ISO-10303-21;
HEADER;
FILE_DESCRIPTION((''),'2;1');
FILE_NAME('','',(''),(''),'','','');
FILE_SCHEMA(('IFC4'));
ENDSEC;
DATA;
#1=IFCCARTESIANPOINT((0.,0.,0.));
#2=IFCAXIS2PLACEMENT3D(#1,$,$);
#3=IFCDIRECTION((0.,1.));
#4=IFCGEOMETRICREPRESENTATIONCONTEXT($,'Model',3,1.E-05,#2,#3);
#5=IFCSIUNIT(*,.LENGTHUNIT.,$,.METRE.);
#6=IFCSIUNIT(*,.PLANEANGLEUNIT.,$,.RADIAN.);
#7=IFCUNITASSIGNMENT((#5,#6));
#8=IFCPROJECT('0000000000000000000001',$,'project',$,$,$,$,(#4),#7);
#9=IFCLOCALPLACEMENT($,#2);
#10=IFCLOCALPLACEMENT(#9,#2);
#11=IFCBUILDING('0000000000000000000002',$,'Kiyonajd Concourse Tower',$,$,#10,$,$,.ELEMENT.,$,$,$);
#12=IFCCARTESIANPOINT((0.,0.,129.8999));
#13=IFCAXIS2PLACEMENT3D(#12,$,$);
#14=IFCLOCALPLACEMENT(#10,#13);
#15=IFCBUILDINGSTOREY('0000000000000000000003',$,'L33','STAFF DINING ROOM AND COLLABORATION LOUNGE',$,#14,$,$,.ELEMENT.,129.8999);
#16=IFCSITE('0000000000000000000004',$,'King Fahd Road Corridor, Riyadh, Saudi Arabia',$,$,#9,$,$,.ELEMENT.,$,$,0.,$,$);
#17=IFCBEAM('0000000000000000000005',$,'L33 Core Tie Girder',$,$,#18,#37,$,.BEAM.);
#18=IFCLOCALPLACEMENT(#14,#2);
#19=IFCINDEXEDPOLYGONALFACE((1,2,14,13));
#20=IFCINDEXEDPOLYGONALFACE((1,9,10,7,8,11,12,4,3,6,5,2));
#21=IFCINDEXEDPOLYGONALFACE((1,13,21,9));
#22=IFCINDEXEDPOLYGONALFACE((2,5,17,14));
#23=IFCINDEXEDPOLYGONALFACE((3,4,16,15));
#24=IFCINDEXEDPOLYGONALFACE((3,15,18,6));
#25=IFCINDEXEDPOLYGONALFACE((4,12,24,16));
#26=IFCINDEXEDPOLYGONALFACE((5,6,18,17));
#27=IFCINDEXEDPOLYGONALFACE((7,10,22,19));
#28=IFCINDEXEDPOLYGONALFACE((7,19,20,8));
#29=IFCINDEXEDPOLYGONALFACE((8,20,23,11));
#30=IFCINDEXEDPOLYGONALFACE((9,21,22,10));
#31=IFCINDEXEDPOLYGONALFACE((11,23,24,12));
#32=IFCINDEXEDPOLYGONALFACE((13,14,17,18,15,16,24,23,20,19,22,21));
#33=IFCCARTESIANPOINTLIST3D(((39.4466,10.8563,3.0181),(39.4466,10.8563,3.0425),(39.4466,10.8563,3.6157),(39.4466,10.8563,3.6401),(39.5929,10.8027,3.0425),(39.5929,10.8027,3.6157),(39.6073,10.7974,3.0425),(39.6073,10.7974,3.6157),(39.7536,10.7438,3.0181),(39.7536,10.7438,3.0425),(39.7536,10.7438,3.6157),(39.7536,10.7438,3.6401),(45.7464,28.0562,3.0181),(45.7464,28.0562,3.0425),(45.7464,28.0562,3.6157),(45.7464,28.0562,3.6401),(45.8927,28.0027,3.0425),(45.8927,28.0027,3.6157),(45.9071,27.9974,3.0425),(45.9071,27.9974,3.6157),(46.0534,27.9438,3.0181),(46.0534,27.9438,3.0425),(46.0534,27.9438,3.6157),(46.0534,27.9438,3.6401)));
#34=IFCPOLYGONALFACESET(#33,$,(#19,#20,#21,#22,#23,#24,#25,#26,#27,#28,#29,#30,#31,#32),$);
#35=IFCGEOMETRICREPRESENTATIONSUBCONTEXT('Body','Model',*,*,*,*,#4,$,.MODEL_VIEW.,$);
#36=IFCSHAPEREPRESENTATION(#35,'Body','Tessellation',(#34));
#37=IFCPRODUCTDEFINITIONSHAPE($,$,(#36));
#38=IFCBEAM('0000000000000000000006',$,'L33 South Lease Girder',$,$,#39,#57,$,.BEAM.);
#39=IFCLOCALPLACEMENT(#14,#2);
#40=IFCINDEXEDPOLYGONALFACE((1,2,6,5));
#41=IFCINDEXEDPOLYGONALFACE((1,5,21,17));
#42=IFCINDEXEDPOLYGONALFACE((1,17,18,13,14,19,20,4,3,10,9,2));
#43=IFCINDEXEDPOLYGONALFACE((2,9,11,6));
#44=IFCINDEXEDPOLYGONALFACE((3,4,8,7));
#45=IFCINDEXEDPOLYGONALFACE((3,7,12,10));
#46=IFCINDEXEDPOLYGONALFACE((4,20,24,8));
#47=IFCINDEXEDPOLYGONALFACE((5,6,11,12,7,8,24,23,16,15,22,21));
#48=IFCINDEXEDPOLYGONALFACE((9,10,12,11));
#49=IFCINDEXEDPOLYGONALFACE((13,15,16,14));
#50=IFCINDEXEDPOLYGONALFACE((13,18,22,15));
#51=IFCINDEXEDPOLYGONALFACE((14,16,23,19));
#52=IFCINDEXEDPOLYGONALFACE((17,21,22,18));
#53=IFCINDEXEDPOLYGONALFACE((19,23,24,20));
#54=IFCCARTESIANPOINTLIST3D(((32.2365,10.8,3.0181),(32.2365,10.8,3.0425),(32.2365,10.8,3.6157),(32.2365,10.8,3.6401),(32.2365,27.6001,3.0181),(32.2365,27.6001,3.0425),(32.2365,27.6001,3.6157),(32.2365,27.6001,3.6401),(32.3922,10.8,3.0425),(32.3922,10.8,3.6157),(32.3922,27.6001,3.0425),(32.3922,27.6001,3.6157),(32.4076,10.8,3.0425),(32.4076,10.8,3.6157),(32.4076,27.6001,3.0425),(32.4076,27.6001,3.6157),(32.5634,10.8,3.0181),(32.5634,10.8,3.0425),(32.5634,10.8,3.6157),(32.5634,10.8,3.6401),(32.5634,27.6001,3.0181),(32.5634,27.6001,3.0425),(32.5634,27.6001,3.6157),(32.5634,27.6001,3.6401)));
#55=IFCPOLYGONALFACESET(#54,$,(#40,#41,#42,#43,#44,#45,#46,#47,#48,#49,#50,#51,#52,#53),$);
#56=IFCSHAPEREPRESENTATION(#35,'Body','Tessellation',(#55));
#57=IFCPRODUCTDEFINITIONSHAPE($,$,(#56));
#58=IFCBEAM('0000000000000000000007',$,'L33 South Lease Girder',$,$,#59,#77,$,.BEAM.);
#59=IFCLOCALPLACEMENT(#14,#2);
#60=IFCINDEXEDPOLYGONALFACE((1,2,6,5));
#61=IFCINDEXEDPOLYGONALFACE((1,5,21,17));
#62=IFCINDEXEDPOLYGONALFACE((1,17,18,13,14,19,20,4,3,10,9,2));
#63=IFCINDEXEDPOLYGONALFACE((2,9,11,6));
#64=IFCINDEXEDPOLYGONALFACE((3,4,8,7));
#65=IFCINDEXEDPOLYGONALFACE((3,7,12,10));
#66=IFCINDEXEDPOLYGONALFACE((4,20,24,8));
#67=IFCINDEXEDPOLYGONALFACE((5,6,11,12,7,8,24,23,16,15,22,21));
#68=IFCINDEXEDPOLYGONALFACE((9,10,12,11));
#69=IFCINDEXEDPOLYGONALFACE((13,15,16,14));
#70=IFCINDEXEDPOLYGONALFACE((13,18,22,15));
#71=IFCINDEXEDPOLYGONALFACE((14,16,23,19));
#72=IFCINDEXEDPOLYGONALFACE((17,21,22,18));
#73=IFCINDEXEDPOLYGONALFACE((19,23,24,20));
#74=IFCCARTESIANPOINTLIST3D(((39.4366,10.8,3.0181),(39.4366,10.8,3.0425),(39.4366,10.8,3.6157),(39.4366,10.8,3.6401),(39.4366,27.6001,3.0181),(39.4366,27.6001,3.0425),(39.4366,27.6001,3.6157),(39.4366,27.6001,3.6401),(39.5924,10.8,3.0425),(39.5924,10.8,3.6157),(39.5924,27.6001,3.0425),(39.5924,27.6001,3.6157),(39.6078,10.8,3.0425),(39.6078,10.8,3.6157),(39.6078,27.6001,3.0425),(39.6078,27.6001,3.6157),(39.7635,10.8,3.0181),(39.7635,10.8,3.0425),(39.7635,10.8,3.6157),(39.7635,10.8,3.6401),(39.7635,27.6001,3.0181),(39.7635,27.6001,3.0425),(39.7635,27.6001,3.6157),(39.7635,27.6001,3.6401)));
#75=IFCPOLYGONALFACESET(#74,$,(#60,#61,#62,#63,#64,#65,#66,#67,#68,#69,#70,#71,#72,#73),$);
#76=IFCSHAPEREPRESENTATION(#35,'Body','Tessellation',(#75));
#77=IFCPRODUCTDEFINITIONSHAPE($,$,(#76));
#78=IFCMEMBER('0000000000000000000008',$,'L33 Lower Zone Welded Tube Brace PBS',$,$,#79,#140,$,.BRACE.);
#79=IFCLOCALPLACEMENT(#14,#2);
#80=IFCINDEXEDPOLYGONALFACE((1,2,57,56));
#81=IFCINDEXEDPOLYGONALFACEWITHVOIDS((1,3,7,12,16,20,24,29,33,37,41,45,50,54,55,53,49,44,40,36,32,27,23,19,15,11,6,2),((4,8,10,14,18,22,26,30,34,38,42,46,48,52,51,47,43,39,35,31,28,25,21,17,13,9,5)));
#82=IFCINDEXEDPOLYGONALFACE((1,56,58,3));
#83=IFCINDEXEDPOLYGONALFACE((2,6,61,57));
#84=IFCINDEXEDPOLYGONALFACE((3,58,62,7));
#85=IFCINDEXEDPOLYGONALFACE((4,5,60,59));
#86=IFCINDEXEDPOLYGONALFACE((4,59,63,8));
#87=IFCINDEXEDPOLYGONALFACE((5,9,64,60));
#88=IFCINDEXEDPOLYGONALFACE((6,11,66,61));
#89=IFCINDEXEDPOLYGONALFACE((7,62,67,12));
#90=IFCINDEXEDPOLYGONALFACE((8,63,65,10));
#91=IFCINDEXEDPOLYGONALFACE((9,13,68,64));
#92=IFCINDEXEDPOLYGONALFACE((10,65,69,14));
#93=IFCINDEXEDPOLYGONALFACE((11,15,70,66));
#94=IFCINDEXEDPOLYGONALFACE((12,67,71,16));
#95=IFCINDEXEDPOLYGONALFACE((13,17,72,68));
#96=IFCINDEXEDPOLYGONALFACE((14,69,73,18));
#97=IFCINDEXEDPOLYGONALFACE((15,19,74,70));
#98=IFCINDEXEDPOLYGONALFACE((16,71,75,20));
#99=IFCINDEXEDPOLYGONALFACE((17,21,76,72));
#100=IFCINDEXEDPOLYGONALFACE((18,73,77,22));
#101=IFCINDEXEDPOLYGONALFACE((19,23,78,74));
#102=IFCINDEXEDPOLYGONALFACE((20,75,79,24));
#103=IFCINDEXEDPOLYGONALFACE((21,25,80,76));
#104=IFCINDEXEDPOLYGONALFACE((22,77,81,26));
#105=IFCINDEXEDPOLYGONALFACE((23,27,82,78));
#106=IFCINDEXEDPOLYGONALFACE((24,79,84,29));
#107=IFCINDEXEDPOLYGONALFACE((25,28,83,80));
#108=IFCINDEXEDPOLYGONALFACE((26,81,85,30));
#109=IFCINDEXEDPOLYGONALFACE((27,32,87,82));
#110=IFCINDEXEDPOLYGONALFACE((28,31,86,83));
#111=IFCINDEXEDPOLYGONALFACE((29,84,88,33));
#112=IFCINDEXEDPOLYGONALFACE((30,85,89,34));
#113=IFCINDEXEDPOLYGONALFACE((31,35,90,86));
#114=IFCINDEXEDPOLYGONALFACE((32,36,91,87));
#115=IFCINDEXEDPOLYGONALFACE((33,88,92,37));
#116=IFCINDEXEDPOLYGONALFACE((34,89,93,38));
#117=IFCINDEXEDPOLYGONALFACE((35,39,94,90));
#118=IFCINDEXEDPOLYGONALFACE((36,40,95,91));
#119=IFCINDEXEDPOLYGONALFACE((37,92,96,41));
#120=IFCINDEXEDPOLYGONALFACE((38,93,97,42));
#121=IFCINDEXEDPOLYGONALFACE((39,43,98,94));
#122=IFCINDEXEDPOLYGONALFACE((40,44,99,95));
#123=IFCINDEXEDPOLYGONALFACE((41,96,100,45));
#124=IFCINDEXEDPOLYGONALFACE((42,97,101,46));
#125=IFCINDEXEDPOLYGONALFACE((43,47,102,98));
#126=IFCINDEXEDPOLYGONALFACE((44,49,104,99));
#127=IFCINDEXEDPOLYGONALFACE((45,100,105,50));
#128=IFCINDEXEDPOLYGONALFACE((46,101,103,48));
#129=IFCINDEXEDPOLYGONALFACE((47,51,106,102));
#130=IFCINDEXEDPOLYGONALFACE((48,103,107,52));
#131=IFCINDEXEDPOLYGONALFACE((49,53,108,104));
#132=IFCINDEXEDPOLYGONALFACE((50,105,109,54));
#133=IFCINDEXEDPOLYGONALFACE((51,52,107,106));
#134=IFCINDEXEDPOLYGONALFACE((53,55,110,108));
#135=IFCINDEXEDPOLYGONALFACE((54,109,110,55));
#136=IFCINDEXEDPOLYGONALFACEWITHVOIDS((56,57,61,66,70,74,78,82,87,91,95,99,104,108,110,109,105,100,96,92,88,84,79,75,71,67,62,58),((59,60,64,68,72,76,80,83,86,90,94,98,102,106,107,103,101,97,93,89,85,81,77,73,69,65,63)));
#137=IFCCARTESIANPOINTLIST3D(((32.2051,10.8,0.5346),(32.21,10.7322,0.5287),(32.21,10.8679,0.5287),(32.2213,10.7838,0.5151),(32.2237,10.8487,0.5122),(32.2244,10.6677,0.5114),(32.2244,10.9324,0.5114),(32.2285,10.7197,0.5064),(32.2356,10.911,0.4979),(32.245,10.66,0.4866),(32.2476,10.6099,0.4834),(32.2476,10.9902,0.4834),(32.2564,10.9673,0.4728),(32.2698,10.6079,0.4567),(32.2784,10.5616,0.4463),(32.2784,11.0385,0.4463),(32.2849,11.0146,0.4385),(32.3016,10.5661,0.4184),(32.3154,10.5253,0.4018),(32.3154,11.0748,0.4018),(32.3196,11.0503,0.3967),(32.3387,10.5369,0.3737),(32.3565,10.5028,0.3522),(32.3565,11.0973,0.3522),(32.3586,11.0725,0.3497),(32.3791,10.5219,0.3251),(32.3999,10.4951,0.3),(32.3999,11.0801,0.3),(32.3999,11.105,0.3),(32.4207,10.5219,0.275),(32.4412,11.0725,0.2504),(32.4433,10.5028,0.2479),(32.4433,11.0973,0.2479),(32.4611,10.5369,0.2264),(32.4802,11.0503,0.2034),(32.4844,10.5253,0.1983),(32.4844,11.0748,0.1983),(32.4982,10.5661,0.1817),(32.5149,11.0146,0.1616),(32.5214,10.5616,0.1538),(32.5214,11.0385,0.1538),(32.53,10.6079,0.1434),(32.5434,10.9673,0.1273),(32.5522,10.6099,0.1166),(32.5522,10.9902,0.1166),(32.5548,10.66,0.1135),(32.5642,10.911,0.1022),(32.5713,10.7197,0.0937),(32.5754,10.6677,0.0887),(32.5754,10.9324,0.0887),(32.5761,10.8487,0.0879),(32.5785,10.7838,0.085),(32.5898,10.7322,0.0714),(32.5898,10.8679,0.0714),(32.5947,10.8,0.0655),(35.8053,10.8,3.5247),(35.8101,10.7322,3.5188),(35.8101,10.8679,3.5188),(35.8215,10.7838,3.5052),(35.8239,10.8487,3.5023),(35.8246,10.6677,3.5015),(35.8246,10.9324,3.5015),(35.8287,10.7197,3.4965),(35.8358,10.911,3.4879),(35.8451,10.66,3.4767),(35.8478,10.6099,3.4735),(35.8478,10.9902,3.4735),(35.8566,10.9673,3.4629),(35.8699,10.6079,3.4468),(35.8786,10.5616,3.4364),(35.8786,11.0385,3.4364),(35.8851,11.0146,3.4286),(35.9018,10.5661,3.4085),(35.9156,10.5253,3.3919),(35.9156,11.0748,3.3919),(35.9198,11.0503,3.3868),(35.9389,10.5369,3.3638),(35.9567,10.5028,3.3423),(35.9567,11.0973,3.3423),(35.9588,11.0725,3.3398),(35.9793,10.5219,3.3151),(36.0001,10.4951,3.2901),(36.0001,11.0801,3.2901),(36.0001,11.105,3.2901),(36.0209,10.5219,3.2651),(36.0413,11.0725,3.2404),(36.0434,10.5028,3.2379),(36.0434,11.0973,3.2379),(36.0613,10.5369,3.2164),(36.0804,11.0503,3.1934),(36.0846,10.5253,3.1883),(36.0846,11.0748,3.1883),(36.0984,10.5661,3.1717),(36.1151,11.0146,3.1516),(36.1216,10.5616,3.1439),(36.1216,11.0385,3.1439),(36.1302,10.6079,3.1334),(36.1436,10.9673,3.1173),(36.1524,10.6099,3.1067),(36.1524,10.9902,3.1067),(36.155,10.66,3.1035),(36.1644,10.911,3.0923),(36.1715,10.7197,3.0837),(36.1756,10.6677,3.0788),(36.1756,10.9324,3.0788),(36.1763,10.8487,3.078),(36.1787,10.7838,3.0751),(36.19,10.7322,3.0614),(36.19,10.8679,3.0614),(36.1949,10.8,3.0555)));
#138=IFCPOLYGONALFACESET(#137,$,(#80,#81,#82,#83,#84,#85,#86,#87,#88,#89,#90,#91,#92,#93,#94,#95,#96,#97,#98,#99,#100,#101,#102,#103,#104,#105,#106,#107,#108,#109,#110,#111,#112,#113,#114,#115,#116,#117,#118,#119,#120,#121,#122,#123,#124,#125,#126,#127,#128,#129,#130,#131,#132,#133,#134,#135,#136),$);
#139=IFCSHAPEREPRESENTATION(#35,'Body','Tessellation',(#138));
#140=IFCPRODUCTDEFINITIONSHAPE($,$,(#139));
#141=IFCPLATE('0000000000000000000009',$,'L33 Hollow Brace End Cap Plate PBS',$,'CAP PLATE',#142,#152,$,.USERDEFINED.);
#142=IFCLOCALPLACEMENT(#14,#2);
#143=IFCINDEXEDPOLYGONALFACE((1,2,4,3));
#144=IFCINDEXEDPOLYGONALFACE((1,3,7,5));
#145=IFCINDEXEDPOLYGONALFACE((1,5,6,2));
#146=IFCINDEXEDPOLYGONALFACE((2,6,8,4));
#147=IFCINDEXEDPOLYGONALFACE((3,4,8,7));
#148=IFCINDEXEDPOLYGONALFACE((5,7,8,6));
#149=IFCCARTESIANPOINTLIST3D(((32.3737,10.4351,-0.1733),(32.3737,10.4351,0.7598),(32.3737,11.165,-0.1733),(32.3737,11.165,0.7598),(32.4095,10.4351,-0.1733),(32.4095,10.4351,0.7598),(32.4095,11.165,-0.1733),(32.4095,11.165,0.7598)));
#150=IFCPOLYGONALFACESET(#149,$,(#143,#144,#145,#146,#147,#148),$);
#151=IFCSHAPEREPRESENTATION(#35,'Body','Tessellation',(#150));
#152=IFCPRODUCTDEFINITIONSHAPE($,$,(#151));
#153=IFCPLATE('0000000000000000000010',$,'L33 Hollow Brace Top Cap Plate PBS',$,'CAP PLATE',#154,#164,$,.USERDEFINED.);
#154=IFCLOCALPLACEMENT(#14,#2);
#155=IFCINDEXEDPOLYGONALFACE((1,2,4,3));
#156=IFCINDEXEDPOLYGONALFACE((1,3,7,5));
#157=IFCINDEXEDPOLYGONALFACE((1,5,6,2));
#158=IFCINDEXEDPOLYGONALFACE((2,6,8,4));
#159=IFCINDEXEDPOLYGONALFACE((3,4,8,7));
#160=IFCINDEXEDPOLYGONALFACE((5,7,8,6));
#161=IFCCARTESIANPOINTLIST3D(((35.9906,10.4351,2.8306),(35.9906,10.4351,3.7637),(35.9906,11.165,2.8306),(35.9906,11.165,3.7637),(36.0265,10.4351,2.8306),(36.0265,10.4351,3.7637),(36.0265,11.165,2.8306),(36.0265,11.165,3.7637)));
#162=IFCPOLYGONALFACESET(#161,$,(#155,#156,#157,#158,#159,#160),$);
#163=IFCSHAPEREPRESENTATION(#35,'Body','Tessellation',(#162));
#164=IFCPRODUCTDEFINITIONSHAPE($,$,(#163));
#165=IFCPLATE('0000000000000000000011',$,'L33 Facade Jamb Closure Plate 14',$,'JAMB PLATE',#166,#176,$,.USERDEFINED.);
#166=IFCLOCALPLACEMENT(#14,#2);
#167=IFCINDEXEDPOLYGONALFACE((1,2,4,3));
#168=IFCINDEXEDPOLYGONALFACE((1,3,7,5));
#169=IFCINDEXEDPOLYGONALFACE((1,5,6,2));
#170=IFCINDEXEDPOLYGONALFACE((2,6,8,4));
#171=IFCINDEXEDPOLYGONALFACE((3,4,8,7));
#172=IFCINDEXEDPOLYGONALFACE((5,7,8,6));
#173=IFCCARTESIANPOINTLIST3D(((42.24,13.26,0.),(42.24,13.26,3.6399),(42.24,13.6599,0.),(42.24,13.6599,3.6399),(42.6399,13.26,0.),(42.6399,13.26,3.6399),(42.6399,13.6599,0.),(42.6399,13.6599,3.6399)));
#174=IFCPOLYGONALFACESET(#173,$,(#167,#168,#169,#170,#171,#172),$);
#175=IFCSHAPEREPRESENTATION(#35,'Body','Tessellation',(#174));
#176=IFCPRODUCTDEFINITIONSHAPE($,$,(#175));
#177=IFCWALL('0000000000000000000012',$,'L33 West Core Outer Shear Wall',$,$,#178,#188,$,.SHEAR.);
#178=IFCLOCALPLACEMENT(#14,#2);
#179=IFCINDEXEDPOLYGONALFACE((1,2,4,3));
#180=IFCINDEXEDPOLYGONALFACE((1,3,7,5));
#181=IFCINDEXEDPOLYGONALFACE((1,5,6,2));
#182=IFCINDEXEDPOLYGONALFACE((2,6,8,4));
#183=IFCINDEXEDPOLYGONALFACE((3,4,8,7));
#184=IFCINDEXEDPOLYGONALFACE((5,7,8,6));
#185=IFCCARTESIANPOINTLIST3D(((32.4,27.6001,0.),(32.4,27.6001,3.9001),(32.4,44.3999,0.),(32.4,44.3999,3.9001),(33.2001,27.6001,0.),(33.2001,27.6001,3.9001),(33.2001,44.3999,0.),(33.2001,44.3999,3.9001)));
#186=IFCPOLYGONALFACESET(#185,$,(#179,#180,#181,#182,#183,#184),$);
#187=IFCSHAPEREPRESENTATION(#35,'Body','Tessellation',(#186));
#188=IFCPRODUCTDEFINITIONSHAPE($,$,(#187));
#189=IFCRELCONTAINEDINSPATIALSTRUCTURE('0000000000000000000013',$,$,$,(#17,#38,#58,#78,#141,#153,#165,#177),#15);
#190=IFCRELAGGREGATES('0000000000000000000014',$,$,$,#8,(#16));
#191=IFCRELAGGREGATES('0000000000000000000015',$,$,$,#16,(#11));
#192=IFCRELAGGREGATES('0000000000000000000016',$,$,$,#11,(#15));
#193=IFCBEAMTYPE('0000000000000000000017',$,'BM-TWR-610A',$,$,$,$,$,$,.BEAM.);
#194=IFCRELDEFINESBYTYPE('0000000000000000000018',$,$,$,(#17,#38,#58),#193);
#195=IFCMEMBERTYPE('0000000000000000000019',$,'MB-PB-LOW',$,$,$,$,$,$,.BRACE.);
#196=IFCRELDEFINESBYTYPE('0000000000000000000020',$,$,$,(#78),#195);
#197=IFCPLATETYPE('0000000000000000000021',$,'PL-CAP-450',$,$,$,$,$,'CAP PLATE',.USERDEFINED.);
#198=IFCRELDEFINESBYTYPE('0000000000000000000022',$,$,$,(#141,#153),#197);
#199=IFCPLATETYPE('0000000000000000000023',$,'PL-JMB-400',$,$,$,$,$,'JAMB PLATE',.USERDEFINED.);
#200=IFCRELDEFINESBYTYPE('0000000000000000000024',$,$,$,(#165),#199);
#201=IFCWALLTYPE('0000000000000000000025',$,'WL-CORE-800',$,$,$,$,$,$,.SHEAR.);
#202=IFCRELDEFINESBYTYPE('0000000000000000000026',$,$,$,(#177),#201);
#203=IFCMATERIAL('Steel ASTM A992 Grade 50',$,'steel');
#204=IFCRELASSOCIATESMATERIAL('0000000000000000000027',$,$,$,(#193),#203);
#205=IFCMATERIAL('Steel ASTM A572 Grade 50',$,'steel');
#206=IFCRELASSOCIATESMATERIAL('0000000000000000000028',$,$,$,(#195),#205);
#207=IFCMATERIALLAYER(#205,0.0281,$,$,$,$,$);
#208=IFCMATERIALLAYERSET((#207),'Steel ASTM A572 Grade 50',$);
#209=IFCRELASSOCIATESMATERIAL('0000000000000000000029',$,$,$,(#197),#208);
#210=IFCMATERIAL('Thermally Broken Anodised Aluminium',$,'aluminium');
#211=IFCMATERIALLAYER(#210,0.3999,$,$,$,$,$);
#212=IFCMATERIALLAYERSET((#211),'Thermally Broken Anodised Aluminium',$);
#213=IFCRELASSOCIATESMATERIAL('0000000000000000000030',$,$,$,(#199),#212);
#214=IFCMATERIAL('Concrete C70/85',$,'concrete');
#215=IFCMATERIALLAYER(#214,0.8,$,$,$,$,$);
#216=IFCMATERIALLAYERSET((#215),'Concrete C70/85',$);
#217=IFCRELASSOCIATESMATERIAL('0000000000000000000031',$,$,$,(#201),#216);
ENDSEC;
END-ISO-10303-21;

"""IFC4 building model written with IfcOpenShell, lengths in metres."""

from ifc_helpers import new_model, si_unit, direction, frame, frame_2d, origin, origin_2d, place, context, subcontext, project, spatial, rectangle, hollow_circle, i_section, extrude, material, layer, layer_set, material_profile, profile_set, type_object, element, save


model = new_model("IFC4")

# Units and contexts
model_context = context("Model", 3, precision=1e-05, world=origin(), true_north=direction((0.0, 1.0)))
body_context = subcontext(model_context, "Body", "Model", "MODEL_VIEW")
ifc_project = project(units=[si_unit("LENGTHUNIT", "METRE"), si_unit("PLANEANGLEUNIT", "RADIAN")], contexts=[model_context])

# Site, building, storey
site_placement = place(None, origin())
site = spatial("IfcSite", under=ifc_project, at=site_placement, Name="King Fahd Road Corridor, Riyadh, Saudi Arabia", CompositionType="ELEMENT", RefElevation=0.0)
building_placement = place(site_placement, origin())
building = spatial("IfcBuilding", under=site, at=building_placement, Name="Kiyonajd Concourse Tower", CompositionType="ELEMENT")
storey_placement = place(building_placement, frame((0.0, 0.0, 129.8999)))
storey = spatial("IfcBuildingStorey", under=building, at=storey_placement, Name="L33", Description="STAFF DINING ROOM AND COLLABORATION LOUNGE", CompositionType="ELEMENT", Elevation=129.8999)

# Shared definitions
ifc_material_1 = material(Name="Concrete C70/85", Category="concrete")

# Beams
ifc_material_2 = material(Name="Steel ASTM A992 Grade 50", Category="steel")
ifc_material_profile_1 = material_profile(ifc_material_2, i_section(OverallWidth=0.3269, OverallDepth=0.6221, WebThickness=0.0154, FlangeThickness=0.0244, at=origin_2d()), Name="W610X195")
ifc_profile_set_1 = profile_set([ifc_material_profile_1], Name="Steel ASTM A992 Grade 50")
beam_type_1 = type_object("IfcBeamType", Name="BM-TWR-610A", PredefinedType="BEAM", material=ifc_profile_set_1)
beam_1_placement = place(storey_placement, frame((39.6001, 10.8, 3.3291), z_axis=(0.343925, 0.938997, 0.0), x_axis=(-0.938997, 0.343925, 0.0)))
element("IfcBeam", 1, at=beam_1_placement, inside=storey, type_object=beam_type_1, Name="L33 Core Tie Girder", PredefinedType="BEAM", context=body_context, shape_type="SweptSolid", body=[
    extrude(i_section(OverallWidth=0.3269, OverallDepth=0.6221, WebThickness=0.0154, FlangeThickness=0.0244, at=origin_2d()), origin(), (0.0, 0.0, 1.0), 18.3174),
])
for number, where, z_axis, x_axis, name in (
    (2, (32.3999, 10.8, 3.3291), (0.0, 1.0, 0.0), (-1.0, 0.0, 0.0), "L33 South Lease Girder"),
    (3, (39.6001, 10.8, 3.3291), (0.0, 1.0, 0.0), (-1.0, 0.0, 0.0), "L33 South Lease Girder"),
):
    element("IfcBeam", number, at=place(storey_placement, frame(where, z_axis=z_axis, x_axis=x_axis)), inside=storey, type_object=beam_type_1, Name=name, PredefinedType="BEAM", context=body_context, shape_type="SweptSolid", body=[
        extrude(i_section(OverallWidth=0.3269, OverallDepth=0.6221, WebThickness=0.0154, FlangeThickness=0.0244, at=origin_2d()), origin(), (0.0, 0.0, 1.0), 16.8),
    ])

# Member
ifc_material_3 = material(Name="Steel ASTM A572 Grade 50", Category="steel")
ifc_material_profile_2 = material_profile(ifc_material_3, hollow_circle(Radius=0.3049, WallThickness=0.0249, at=origin_2d()), Name="CHS-610x25")
ifc_profile_set_2 = profile_set([ifc_material_profile_2], Name="Steel ASTM A572 Grade 50")
member_type = type_object("IfcMemberType", Name="MB-PB-LOW", PredefinedType="BRACE", material=ifc_profile_set_2)
member_placement = place(storey_placement, frame((32.3999, 10.8, 0.3), z_axis=(0.769281, 0.0, 0.638911), x_axis=(0.0, 1.0, 0.0)))
element("IfcMember", 4, at=member_placement, inside=storey, type_object=member_type, Name="L33 Lower Zone Welded Tube Brace PBS", PredefinedType="BRACE", context=body_context, shape_type="SweptSolid", body=[
    extrude(hollow_circle(Radius=0.3049, WallThickness=0.0249, at=origin_2d()), origin(), (0.0, 0.0, 1.0), 4.6799),
])

# Plates
ifc_layer_1 = layer(ifc_material_3, 0.0281)
ifc_layer_set_1 = layer_set([ifc_layer_1], Name="Steel ASTM A572 Grade 50")
plate_type_1 = type_object("IfcPlateType", Name="PL-CAP-450", ElementType="CAP PLATE", PredefinedType="USERDEFINED", material=ifc_layer_set_1)
for number, where, z_axis, x_axis, name in (
    (5, (32.3916, 10.8, -0.1733), (0.0, 0.0, 1.0), (-1.0, 0.0, 0.0), "L33 Hollow Brace End Cap Plate PBS"),
    (6, (36.0085, 10.8, 2.8306), (0.0, 0.0, 1.0), (1.0, 0.0, 0.0), "L33 Hollow Brace Top Cap Plate PBS"),
):
    element("IfcPlate", number, at=place(storey_placement, frame(where, z_axis=z_axis, x_axis=x_axis)), inside=storey, type_object=plate_type_1, Name=name, ObjectType="CAP PLATE", PredefinedType="USERDEFINED", context=body_context, shape_type="SweptSolid", body=[
        extrude(rectangle(XDim=0.0359, YDim=0.73, at=origin_2d()), origin(), (0.0, 0.0, 1.0), 0.9331),
    ])
ifc_material_4 = material(Name="Thermally Broken Anodised Aluminium", Category="aluminium")
ifc_layer_2 = layer(ifc_material_4, 0.3999)
ifc_layer_set_2 = layer_set([ifc_layer_2], Name="Thermally Broken Anodised Aluminium")
plate_type_2 = type_object("IfcPlateType", Name="PL-JMB-400", ElementType="JAMB PLATE", PredefinedType="USERDEFINED", material=ifc_layer_set_2)
plate_placement = place(storey_placement, frame((42.4399, 13.46, 0.0), z_axis=(0.0, 0.0, 1.0), x_axis=(1.0, 0.0, 0.0)))
element("IfcPlate", 7, at=plate_placement, inside=storey, type_object=plate_type_2, Name="L33 Facade Jamb Closure Plate 14", ObjectType="JAMB PLATE", PredefinedType="USERDEFINED", context=body_context, shape_type="SweptSolid", body=[
    extrude(rectangle(XDim=0.3999, YDim=0.3999, at=origin_2d()), origin(), (0.0, 0.0, 1.0), 3.6399),
])

# Wall
ifc_layer_3 = layer(ifc_material_1, 0.8)
ifc_layer_set_3 = layer_set([ifc_layer_3], Name="Concrete C70/85")
wall_type_1 = type_object("IfcWallType", Name="WL-CORE-800", PredefinedType="SHEAR", material=ifc_layer_set_3)
wall_1_placement = place(storey_placement, frame((32.8, 27.6001, 0.0), z_axis=(0.0, 0.0, 1.0), x_axis=(0.0, 1.0, 0.0)))
element("IfcWall", 8, at=wall_1_placement, inside=storey, type_object=wall_type_1, Name="L33 West Core Outer Shear Wall", PredefinedType="SHEAR", context=body_context, shape_type="SweptSolid", body=[
    extrude(rectangle(XDim=16.7998, YDim=0.8, at=frame_2d((8.3999, 0.0))), origin(), (0.0, 0.0, 1.0), 3.9001),
])

save(model, "model.ifc")
